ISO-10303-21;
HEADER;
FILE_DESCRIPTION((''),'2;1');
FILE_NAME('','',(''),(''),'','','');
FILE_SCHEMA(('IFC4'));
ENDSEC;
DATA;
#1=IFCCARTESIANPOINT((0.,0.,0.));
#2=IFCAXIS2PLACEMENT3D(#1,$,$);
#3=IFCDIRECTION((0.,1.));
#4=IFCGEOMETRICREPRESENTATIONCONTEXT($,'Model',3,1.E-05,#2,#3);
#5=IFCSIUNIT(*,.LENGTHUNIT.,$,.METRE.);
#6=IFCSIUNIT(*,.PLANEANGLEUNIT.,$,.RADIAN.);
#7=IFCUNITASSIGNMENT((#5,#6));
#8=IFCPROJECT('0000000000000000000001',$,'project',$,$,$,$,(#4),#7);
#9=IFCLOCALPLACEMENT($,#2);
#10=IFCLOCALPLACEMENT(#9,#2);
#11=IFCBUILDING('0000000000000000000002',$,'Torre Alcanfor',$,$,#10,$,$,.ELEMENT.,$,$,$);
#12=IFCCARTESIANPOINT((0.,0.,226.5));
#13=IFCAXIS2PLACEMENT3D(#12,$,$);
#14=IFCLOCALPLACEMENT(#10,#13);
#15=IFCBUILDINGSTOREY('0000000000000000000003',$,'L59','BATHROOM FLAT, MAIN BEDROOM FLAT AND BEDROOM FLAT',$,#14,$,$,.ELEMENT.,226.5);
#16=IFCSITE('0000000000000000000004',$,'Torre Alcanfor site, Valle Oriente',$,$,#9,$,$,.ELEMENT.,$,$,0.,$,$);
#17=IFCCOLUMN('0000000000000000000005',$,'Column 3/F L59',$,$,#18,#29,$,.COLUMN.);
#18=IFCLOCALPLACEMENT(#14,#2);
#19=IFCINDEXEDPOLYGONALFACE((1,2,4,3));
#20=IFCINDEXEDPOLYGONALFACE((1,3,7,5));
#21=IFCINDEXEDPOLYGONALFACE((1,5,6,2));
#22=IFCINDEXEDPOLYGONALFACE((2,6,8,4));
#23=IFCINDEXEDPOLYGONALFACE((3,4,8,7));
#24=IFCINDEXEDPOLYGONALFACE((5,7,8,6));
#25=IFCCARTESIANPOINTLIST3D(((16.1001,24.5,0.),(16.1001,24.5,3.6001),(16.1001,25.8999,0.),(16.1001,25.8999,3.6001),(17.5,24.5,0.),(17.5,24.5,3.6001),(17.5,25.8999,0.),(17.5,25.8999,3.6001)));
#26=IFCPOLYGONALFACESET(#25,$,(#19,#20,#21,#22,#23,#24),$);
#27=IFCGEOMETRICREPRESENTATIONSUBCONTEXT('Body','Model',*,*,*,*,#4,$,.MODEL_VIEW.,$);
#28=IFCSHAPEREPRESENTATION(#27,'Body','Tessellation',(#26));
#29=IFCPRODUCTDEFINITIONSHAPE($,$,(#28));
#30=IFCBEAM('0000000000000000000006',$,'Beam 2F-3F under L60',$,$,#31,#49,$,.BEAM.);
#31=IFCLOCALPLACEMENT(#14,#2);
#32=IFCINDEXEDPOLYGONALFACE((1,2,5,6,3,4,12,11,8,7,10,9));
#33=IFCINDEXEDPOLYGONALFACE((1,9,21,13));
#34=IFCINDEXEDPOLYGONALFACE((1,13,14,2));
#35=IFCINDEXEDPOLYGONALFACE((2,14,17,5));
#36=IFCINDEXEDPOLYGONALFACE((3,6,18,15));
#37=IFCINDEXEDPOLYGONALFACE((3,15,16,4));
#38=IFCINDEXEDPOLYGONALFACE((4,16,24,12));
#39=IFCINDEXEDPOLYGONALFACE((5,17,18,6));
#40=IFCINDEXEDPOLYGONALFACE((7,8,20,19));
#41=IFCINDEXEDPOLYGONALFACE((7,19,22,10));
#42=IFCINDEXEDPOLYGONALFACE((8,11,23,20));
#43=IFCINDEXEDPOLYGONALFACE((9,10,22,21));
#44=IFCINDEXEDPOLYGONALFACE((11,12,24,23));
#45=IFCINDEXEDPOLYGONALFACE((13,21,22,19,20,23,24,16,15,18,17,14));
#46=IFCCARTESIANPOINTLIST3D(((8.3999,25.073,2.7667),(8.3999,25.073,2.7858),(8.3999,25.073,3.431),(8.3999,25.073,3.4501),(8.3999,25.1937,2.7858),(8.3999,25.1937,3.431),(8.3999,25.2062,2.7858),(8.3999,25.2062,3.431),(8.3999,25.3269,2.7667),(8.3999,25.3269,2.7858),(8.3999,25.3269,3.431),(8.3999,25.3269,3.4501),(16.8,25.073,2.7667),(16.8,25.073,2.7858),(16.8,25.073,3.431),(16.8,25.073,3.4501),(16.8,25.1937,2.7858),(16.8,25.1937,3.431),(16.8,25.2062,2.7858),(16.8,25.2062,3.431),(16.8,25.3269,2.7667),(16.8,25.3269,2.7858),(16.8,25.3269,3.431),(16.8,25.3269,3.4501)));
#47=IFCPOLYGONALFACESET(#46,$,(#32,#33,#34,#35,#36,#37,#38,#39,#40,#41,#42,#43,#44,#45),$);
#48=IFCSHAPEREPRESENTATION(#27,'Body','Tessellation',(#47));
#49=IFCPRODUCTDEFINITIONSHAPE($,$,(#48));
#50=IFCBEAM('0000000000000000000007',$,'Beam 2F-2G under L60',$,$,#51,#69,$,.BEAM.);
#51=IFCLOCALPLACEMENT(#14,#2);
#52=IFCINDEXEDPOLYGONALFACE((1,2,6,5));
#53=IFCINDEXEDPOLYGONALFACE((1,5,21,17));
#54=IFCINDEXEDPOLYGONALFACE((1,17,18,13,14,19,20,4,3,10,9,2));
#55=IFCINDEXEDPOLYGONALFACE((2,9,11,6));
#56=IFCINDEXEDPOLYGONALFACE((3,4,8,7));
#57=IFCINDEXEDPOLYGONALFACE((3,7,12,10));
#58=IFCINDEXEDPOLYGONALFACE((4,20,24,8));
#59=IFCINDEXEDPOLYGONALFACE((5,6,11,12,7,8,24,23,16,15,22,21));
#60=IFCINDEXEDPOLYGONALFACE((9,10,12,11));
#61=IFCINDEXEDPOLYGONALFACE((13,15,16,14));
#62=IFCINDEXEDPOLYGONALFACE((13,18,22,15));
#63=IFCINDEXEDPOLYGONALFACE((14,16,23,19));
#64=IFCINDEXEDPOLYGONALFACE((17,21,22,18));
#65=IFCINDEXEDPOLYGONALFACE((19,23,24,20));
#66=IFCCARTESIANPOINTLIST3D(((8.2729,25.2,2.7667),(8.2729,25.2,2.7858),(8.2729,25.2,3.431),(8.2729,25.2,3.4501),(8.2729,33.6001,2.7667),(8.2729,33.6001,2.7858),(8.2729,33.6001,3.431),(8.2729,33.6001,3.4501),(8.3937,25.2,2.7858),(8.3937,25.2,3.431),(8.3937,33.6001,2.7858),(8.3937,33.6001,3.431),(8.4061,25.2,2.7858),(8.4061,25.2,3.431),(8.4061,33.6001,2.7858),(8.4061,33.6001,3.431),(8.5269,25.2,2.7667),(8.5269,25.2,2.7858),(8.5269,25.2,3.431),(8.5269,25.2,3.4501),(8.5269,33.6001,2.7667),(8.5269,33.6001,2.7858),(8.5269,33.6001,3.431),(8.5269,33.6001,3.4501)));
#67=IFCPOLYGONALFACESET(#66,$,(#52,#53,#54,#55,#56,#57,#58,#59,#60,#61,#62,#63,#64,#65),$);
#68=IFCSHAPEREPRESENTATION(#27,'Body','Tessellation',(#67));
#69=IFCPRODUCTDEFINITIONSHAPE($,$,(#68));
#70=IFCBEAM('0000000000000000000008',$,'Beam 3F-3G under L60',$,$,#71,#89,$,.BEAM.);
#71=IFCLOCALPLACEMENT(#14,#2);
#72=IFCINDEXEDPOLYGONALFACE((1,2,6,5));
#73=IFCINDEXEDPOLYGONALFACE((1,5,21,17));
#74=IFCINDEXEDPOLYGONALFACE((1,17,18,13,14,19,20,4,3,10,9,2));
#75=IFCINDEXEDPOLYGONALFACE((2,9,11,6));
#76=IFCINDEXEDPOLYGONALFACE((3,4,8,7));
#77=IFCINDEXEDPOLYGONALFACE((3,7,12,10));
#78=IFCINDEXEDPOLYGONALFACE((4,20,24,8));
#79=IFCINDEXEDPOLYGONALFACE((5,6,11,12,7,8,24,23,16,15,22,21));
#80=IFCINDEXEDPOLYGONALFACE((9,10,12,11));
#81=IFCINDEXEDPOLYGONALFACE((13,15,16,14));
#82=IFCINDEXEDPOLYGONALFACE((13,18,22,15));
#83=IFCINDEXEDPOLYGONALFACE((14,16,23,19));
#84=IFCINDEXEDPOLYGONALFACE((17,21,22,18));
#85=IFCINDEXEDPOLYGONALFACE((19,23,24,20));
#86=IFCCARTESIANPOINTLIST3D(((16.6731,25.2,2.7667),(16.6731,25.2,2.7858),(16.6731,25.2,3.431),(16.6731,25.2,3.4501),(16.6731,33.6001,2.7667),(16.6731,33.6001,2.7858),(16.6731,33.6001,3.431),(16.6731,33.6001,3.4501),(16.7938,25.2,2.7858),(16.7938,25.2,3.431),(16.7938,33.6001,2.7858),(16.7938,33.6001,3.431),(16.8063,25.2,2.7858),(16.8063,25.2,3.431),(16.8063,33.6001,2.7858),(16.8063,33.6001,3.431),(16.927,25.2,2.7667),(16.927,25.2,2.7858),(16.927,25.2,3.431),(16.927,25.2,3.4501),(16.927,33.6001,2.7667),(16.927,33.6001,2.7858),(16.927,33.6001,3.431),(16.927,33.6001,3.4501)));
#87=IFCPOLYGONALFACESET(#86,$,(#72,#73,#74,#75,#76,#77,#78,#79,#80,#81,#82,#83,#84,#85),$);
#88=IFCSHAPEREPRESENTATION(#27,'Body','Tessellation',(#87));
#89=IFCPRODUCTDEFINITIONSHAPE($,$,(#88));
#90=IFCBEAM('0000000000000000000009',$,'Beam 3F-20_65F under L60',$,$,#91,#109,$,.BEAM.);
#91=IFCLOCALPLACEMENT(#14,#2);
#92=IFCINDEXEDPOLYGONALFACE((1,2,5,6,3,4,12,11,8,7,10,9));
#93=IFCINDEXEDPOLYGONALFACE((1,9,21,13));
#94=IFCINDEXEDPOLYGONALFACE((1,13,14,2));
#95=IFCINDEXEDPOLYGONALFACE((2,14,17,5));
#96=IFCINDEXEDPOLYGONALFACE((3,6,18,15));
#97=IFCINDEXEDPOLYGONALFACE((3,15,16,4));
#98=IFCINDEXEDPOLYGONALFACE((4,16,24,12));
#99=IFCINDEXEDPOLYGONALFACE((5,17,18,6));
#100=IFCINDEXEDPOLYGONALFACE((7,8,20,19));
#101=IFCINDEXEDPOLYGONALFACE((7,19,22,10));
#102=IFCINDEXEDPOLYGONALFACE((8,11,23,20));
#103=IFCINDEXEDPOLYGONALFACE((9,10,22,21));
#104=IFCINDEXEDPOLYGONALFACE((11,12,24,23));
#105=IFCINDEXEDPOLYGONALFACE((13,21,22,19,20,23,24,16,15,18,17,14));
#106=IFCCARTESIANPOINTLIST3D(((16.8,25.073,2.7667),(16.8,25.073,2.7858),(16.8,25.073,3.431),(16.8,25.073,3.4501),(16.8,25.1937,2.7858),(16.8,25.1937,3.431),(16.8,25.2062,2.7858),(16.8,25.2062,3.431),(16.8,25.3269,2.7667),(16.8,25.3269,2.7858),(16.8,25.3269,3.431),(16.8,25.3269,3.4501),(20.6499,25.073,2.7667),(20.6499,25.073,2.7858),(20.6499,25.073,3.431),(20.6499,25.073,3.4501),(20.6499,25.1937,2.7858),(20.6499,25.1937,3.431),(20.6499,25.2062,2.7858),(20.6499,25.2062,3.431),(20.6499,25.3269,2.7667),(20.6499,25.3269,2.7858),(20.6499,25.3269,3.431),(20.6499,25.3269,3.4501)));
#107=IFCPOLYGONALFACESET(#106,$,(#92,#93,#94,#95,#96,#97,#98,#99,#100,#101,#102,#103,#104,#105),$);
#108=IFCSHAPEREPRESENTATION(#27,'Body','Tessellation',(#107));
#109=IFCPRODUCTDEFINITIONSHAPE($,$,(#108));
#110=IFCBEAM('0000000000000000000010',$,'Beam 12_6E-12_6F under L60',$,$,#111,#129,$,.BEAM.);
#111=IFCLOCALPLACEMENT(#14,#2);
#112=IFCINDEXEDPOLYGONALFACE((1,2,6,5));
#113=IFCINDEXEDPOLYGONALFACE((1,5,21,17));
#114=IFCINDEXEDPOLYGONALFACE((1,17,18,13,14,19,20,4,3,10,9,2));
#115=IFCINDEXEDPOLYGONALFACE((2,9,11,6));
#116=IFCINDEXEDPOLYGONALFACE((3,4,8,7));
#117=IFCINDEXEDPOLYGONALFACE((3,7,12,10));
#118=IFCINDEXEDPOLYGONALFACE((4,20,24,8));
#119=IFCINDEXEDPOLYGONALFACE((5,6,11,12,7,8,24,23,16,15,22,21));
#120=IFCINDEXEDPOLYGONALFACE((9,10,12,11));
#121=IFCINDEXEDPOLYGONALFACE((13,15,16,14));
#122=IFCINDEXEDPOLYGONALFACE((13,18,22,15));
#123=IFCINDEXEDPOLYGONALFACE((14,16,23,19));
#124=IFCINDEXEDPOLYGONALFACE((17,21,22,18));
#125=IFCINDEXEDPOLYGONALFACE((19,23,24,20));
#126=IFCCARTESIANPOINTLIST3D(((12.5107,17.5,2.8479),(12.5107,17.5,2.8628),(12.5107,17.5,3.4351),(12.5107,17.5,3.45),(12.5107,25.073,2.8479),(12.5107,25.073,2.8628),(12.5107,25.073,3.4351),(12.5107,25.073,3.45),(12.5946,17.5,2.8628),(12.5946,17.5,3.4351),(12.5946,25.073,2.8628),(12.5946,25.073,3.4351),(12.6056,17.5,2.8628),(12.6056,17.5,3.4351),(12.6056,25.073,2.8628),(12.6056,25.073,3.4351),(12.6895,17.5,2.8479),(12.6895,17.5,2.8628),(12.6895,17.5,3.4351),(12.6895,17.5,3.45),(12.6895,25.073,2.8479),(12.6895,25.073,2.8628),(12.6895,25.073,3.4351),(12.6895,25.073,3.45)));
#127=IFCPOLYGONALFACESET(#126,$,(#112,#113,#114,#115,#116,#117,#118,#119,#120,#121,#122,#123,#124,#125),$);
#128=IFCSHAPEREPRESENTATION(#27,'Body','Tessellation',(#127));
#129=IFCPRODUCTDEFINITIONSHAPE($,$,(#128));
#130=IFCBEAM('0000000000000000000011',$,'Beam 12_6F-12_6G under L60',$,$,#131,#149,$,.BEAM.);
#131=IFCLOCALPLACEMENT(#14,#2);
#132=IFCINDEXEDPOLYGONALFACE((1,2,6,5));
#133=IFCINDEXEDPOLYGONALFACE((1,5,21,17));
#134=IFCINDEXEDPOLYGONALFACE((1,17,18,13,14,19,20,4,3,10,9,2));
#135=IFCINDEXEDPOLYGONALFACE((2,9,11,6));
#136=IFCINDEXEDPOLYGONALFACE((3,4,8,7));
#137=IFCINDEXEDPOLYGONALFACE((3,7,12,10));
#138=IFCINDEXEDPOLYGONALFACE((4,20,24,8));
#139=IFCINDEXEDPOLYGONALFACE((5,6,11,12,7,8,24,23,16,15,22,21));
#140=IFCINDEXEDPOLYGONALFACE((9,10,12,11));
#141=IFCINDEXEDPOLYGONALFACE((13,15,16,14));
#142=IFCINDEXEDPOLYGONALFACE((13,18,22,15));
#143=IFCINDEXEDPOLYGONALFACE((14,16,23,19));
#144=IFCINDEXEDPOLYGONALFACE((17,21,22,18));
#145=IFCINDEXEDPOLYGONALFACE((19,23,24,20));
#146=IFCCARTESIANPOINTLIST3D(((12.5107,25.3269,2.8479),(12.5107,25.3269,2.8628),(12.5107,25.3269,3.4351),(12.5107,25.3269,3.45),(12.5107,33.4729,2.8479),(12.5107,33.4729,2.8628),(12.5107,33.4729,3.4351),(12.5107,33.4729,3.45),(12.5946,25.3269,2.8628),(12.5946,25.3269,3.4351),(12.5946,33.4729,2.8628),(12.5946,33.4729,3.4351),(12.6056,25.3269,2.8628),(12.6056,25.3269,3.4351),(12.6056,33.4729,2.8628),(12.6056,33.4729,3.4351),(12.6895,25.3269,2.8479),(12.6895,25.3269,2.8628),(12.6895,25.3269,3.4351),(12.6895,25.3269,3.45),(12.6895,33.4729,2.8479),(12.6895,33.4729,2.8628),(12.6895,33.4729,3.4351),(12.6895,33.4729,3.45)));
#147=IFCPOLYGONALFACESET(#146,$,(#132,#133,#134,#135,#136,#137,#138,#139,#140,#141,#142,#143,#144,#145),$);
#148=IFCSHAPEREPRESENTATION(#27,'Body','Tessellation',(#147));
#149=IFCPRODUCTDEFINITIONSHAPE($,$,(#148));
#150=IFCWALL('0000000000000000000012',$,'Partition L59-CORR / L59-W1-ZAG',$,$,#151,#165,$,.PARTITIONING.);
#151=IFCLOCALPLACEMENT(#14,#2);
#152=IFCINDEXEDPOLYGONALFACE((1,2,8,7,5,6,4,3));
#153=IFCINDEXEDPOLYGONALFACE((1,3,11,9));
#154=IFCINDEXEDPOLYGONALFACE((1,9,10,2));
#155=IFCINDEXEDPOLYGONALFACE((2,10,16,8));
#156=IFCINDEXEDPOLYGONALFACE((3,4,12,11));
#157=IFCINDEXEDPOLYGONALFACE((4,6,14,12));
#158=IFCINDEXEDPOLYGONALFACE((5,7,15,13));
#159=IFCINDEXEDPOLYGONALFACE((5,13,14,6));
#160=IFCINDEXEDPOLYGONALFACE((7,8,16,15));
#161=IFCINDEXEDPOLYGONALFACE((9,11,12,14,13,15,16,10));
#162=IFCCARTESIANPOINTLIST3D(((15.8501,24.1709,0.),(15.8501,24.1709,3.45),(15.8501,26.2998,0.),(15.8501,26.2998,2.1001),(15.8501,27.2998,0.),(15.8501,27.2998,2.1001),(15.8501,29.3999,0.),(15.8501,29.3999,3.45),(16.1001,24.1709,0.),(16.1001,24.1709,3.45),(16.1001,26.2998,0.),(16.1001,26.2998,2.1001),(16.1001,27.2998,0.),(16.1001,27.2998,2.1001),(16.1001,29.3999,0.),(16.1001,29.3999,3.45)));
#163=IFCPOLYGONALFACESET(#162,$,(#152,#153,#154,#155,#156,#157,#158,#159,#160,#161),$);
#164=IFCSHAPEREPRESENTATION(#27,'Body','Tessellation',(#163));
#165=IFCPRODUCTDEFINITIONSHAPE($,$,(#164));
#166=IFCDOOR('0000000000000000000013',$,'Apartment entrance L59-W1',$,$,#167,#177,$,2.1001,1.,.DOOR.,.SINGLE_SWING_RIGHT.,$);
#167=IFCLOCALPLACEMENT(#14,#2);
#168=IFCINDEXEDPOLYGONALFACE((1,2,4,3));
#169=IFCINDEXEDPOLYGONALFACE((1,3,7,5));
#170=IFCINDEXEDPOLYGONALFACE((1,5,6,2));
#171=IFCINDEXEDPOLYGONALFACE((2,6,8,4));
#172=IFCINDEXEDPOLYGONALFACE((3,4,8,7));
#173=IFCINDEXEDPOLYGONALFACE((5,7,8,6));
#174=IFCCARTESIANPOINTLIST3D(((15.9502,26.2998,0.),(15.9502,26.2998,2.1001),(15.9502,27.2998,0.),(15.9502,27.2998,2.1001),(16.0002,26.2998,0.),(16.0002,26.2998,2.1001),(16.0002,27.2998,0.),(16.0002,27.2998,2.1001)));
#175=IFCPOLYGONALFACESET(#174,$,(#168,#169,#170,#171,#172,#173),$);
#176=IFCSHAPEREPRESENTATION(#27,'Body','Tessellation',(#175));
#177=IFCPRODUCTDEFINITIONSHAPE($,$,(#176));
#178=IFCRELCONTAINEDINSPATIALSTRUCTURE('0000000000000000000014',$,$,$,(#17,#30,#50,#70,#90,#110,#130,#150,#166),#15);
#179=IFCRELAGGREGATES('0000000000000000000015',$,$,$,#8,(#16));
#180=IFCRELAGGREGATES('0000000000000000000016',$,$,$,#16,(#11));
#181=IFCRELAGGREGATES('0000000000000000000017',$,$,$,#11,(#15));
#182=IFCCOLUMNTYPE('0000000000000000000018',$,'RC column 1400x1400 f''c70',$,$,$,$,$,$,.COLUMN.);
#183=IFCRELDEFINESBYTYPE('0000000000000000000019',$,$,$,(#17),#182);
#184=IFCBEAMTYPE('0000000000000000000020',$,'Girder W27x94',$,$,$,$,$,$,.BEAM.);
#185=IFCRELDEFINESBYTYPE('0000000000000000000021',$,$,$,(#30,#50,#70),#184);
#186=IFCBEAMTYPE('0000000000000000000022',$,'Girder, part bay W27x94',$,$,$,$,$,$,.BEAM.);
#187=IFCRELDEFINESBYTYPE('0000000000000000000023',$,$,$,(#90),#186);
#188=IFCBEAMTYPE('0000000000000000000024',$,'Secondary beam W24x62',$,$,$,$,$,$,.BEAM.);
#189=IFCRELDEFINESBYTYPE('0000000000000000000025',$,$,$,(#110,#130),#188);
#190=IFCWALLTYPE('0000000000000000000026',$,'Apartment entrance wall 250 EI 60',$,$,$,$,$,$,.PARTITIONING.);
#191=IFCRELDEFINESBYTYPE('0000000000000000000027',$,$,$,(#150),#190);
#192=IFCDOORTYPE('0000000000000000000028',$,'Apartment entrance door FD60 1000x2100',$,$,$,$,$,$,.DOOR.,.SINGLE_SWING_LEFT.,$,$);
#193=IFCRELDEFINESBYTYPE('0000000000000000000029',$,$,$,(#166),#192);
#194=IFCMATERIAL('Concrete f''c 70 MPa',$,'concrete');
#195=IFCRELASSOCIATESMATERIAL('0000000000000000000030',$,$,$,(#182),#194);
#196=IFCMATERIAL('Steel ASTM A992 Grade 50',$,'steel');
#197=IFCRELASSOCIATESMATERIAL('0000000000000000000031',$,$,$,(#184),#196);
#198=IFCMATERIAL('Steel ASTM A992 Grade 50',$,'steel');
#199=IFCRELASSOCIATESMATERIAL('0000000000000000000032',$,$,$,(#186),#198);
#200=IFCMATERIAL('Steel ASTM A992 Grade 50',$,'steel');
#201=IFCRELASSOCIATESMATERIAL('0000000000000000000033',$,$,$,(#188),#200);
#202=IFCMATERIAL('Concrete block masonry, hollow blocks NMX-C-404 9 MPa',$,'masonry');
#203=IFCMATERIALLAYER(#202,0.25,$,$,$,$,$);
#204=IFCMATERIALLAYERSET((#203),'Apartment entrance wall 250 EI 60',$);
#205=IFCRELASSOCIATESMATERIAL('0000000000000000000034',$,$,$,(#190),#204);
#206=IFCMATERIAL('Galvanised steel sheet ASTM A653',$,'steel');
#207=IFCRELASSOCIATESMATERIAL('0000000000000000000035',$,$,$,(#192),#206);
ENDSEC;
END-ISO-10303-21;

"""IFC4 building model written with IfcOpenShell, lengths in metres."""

from ifc_helpers import new_model, si_unit, direction, frame, frame_2d, origin, origin_2d, place, context, subcontext, project, spatial, rectangle, i_section, extrude, material, layer, layer_set, material_profile, profile_set, type_object, element, fill, save


model = new_model("IFC4")

# Units and contexts
model_context = context("Model", 3, precision=1e-05, world=origin(), true_north=direction((0.0, 1.0)))
body_context = subcontext(model_context, "Body", "Model", "MODEL_VIEW")
ifc_project = project(units=[si_unit("LENGTHUNIT", "METRE"), si_unit("PLANEANGLEUNIT", "RADIAN")], contexts=[model_context])

# Site, building, storey
site_placement = place(None, origin())
site = spatial("IfcSite", under=ifc_project, at=site_placement, Name="Torre Alcanfor site, Valle Oriente", CompositionType="ELEMENT", RefElevation=0.0)
building_placement = place(site_placement, origin())
building = spatial("IfcBuilding", under=site, at=building_placement, Name="Torre Alcanfor", CompositionType="ELEMENT")
storey_placement = place(building_placement, frame((0.0, 0.0, 226.5)))
storey = spatial("IfcBuildingStorey", under=building, at=storey_placement, Name="L59", Description="BATHROOM FLAT, MAIN BEDROOM FLAT AND BEDROOM FLAT", CompositionType="ELEMENT", Elevation=226.5)

# Column
ifc_material_1 = material(Name="Concrete f'c 70 MPa", Category="concrete")
ifc_material_profile_1 = material_profile(ifc_material_1, rectangle(XDim=1.3999, YDim=1.3999, at=origin_2d()), Name="1400x1400")
ifc_profile_set_1 = profile_set([ifc_material_profile_1], Name="Concrete f'c 70 MPa")
column_type = type_object("IfcColumnType", Name="RC column 1400x1400 f'c70", PredefinedType="COLUMN", material=ifc_profile_set_1)
column_placement = place(storey_placement, frame((16.8, 25.2, 0.0), z_axis=(0.0, 0.0, 1.0), x_axis=(1.0, 0.0, 0.0)))
element("IfcColumn", 1, at=column_placement, inside=storey, type_object=column_type, Name="Column 3/F L59", PredefinedType="COLUMN", context=body_context, shape_type="SweptSolid", body=[
    extrude(rectangle(XDim=1.3999, YDim=1.3999, at=origin_2d()), origin(), (0.0, 0.0, 1.0), 3.6001),
])

# Beams
ifc_material_2 = material(Name="Steel ASTM A992 Grade 50", Category="steel")
ifc_material_profile_2 = material_profile(ifc_material_2, i_section(OverallWidth=0.2539, OverallDepth=0.6833, WebThickness=0.0125, FlangeThickness=0.019, at=origin_2d()), Name="W27x94")
ifc_profile_set_2 = profile_set([ifc_material_profile_2], Name="Steel ASTM A992 Grade 50")
beam_type_1 = type_object("IfcBeamType", Name="Girder W27x94", PredefinedType="BEAM", material=ifc_profile_set_2)
for number, where, z_axis, x_axis, name in (
    (2, (8.3999, 25.2, 3.1084), (1.0, 0.0, 0.0), (0.0, 1.0, 0.0), "Beam 2F-3F under L60"),
    (3, (8.3999, 25.2, 3.1084), (0.0, 1.0, 0.0), (-1.0, 0.0, 0.0), "Beam 2F-2G under L60"),
    (4, (16.8, 25.2, 3.1084), (0.0, 1.0, 0.0), (-1.0, 0.0, 0.0), "Beam 3F-3G under L60"),
):
    element("IfcBeam", number, at=place(storey_placement, frame(where, z_axis=z_axis, x_axis=x_axis)), inside=storey, type_object=beam_type_1, Name=name, PredefinedType="BEAM", context=body_context, shape_type="SweptSolid", body=[
        extrude(i_section(OverallWidth=0.2539, OverallDepth=0.6833, WebThickness=0.0125, FlangeThickness=0.019, at=origin_2d()), origin(), (0.0, 0.0, 1.0), 8.4001),
    ])
ifc_material_3 = material(Name="Steel ASTM A992 Grade 50", Category="steel")
ifc_material_profile_3 = material_profile(ifc_material_3, i_section(OverallWidth=0.2539, OverallDepth=0.6833, WebThickness=0.0125, FlangeThickness=0.019, at=origin_2d()), Name="W27x94")
ifc_profile_set_3 = profile_set([ifc_material_profile_3], Name="Steel ASTM A992 Grade 50")
beam_type_2 = type_object("IfcBeamType", Name="Girder, part bay W27x94", PredefinedType="BEAM", material=ifc_profile_set_3)
beam_1_placement = place(storey_placement, frame((16.8, 25.2, 3.1084), z_axis=(1.0, 0.0, 0.0), x_axis=(0.0, 1.0, 0.0)))
element("IfcBeam", 5, at=beam_1_placement, inside=storey, type_object=beam_type_2, Name="Beam 3F-20_65F under L60", PredefinedType="BEAM", context=body_context, shape_type="SweptSolid", body=[
    extrude(i_section(OverallWidth=0.2539, OverallDepth=0.6833, WebThickness=0.0125, FlangeThickness=0.019, at=origin_2d()), origin(), (0.0, 0.0, 1.0), 3.8499),
])
ifc_material_4 = material(Name="Steel ASTM A992 Grade 50", Category="steel")
ifc_material_profile_4 = material_profile(ifc_material_4, i_section(OverallWidth=0.1787, OverallDepth=0.6021, WebThickness=0.011, FlangeThickness=0.0149, at=origin_2d()), Name="W24x62")
ifc_profile_set_4 = profile_set([ifc_material_profile_4], Name="Steel ASTM A992 Grade 50")
beam_type_3 = type_object("IfcBeamType", Name="Secondary beam W24x62", PredefinedType="BEAM", material=ifc_profile_set_4)
beam_2_placement = place(storey_placement, frame((12.6001, 17.5, 3.1489), z_axis=(0.0, 1.0, 0.0), x_axis=(-1.0, 0.0, 0.0)))
element("IfcBeam", 6, at=beam_2_placement, inside=storey, type_object=beam_type_3, Name="Beam 12_6E-12_6F under L60", PredefinedType="BEAM", context=body_context, shape_type="SweptSolid", body=[
    extrude(i_section(OverallWidth=0.1787, OverallDepth=0.6021, WebThickness=0.011, FlangeThickness=0.0149, at=origin_2d()), origin(), (0.0, 0.0, 1.0), 7.573),
])
beam_3_placement = place(storey_placement, frame((12.6001, 25.3269, 3.1489), z_axis=(0.0, 1.0, 0.0), x_axis=(-1.0, 0.0, 0.0)))
element("IfcBeam", 7, at=beam_3_placement, inside=storey, type_object=beam_type_3, Name="Beam 12_6F-12_6G under L60", PredefinedType="BEAM", context=body_context, shape_type="SweptSolid", body=[
    extrude(i_section(OverallWidth=0.1787, OverallDepth=0.6021, WebThickness=0.011, FlangeThickness=0.0149, at=origin_2d()), origin(), (0.0, 0.0, 1.0), 8.146),
])

# Wall, opening, door
ifc_material_5 = material(Name="Concrete block masonry, hollow blocks NMX-C-404 9 MPa", Category="masonry")
ifc_layer_1 = layer(ifc_material_5, 0.25)
ifc_layer_set_1 = layer_set([ifc_layer_1], Name="Apartment entrance wall 250 EI 60")
wall_type_1 = type_object("IfcWallType", Name="Apartment entrance wall 250 EI 60", PredefinedType="PARTITIONING", material=ifc_layer_set_1)
wall_1_placement = place(storey_placement, frame((15.9751, 24.1709, 0.0), z_axis=(0.0, 0.0, 1.0), x_axis=(0.0, 1.0, 0.0)))
wall_1 = element("IfcWall", 8, at=wall_1_placement, inside=storey, type_object=wall_type_1, Name="Partition L59-CORR / L59-W1-ZAG", PredefinedType="PARTITIONING", context=body_context, shape_type="SweptSolid", body=[
    extrude(rectangle(XDim=5.229, YDim=0.25, at=frame_2d((2.6145, 0.0))), origin(), (0.0, 0.0, 1.0), 3.45),
])
opening_1_placement = place(wall_1_placement, frame((2.1289, 0.0, 0.0)))
opening_1 = element("IfcOpeningElement", 9, at=opening_1_placement, cuts=wall_1, PredefinedType="OPENING", context=body_context, shape_type="SweptSolid", body=[
    extrude(rectangle(XDim=1.0, YDim=2.1001, at=frame_2d((0.5, 1.05))), frame((0.0, 0.135, 0.0), z_axis=(0.0, -1.0, 0.0), x_axis=(1.0, 0.0, 0.0)), (0.0, 0.0, 1.0), 0.27),
])
ifc_material_6 = material(Name="Galvanised steel sheet ASTM A653", Category="steel")
door_type_1 = type_object("IfcDoorType", Name="Apartment entrance door FD60 1000x2100", OperationType="SINGLE_SWING_LEFT", PredefinedType="DOOR", material=ifc_material_6)
door_1_placement = place(opening_1_placement, origin())
door_1 = element("IfcDoor", 10, at=door_1_placement, inside=storey, type_object=door_type_1, Name="Apartment entrance L59-W1", OperationType="SINGLE_SWING_RIGHT", OverallHeight=2.1001, OverallWidth=1.0, PredefinedType="DOOR", context=body_context, shape_type="SweptSolid", body=[
    extrude(rectangle(XDim=1.0, YDim=2.1001, at=frame_2d((0.5, 1.05))), frame((0.0, 0.0249, 0.0), z_axis=(0.0, -1.0, 0.0), x_axis=(1.0, 0.0, 0.0)), (0.0, 0.0, 1.0), 0.05),
])
fill(opening_1, door_1)

save(model, "model.ifc")
